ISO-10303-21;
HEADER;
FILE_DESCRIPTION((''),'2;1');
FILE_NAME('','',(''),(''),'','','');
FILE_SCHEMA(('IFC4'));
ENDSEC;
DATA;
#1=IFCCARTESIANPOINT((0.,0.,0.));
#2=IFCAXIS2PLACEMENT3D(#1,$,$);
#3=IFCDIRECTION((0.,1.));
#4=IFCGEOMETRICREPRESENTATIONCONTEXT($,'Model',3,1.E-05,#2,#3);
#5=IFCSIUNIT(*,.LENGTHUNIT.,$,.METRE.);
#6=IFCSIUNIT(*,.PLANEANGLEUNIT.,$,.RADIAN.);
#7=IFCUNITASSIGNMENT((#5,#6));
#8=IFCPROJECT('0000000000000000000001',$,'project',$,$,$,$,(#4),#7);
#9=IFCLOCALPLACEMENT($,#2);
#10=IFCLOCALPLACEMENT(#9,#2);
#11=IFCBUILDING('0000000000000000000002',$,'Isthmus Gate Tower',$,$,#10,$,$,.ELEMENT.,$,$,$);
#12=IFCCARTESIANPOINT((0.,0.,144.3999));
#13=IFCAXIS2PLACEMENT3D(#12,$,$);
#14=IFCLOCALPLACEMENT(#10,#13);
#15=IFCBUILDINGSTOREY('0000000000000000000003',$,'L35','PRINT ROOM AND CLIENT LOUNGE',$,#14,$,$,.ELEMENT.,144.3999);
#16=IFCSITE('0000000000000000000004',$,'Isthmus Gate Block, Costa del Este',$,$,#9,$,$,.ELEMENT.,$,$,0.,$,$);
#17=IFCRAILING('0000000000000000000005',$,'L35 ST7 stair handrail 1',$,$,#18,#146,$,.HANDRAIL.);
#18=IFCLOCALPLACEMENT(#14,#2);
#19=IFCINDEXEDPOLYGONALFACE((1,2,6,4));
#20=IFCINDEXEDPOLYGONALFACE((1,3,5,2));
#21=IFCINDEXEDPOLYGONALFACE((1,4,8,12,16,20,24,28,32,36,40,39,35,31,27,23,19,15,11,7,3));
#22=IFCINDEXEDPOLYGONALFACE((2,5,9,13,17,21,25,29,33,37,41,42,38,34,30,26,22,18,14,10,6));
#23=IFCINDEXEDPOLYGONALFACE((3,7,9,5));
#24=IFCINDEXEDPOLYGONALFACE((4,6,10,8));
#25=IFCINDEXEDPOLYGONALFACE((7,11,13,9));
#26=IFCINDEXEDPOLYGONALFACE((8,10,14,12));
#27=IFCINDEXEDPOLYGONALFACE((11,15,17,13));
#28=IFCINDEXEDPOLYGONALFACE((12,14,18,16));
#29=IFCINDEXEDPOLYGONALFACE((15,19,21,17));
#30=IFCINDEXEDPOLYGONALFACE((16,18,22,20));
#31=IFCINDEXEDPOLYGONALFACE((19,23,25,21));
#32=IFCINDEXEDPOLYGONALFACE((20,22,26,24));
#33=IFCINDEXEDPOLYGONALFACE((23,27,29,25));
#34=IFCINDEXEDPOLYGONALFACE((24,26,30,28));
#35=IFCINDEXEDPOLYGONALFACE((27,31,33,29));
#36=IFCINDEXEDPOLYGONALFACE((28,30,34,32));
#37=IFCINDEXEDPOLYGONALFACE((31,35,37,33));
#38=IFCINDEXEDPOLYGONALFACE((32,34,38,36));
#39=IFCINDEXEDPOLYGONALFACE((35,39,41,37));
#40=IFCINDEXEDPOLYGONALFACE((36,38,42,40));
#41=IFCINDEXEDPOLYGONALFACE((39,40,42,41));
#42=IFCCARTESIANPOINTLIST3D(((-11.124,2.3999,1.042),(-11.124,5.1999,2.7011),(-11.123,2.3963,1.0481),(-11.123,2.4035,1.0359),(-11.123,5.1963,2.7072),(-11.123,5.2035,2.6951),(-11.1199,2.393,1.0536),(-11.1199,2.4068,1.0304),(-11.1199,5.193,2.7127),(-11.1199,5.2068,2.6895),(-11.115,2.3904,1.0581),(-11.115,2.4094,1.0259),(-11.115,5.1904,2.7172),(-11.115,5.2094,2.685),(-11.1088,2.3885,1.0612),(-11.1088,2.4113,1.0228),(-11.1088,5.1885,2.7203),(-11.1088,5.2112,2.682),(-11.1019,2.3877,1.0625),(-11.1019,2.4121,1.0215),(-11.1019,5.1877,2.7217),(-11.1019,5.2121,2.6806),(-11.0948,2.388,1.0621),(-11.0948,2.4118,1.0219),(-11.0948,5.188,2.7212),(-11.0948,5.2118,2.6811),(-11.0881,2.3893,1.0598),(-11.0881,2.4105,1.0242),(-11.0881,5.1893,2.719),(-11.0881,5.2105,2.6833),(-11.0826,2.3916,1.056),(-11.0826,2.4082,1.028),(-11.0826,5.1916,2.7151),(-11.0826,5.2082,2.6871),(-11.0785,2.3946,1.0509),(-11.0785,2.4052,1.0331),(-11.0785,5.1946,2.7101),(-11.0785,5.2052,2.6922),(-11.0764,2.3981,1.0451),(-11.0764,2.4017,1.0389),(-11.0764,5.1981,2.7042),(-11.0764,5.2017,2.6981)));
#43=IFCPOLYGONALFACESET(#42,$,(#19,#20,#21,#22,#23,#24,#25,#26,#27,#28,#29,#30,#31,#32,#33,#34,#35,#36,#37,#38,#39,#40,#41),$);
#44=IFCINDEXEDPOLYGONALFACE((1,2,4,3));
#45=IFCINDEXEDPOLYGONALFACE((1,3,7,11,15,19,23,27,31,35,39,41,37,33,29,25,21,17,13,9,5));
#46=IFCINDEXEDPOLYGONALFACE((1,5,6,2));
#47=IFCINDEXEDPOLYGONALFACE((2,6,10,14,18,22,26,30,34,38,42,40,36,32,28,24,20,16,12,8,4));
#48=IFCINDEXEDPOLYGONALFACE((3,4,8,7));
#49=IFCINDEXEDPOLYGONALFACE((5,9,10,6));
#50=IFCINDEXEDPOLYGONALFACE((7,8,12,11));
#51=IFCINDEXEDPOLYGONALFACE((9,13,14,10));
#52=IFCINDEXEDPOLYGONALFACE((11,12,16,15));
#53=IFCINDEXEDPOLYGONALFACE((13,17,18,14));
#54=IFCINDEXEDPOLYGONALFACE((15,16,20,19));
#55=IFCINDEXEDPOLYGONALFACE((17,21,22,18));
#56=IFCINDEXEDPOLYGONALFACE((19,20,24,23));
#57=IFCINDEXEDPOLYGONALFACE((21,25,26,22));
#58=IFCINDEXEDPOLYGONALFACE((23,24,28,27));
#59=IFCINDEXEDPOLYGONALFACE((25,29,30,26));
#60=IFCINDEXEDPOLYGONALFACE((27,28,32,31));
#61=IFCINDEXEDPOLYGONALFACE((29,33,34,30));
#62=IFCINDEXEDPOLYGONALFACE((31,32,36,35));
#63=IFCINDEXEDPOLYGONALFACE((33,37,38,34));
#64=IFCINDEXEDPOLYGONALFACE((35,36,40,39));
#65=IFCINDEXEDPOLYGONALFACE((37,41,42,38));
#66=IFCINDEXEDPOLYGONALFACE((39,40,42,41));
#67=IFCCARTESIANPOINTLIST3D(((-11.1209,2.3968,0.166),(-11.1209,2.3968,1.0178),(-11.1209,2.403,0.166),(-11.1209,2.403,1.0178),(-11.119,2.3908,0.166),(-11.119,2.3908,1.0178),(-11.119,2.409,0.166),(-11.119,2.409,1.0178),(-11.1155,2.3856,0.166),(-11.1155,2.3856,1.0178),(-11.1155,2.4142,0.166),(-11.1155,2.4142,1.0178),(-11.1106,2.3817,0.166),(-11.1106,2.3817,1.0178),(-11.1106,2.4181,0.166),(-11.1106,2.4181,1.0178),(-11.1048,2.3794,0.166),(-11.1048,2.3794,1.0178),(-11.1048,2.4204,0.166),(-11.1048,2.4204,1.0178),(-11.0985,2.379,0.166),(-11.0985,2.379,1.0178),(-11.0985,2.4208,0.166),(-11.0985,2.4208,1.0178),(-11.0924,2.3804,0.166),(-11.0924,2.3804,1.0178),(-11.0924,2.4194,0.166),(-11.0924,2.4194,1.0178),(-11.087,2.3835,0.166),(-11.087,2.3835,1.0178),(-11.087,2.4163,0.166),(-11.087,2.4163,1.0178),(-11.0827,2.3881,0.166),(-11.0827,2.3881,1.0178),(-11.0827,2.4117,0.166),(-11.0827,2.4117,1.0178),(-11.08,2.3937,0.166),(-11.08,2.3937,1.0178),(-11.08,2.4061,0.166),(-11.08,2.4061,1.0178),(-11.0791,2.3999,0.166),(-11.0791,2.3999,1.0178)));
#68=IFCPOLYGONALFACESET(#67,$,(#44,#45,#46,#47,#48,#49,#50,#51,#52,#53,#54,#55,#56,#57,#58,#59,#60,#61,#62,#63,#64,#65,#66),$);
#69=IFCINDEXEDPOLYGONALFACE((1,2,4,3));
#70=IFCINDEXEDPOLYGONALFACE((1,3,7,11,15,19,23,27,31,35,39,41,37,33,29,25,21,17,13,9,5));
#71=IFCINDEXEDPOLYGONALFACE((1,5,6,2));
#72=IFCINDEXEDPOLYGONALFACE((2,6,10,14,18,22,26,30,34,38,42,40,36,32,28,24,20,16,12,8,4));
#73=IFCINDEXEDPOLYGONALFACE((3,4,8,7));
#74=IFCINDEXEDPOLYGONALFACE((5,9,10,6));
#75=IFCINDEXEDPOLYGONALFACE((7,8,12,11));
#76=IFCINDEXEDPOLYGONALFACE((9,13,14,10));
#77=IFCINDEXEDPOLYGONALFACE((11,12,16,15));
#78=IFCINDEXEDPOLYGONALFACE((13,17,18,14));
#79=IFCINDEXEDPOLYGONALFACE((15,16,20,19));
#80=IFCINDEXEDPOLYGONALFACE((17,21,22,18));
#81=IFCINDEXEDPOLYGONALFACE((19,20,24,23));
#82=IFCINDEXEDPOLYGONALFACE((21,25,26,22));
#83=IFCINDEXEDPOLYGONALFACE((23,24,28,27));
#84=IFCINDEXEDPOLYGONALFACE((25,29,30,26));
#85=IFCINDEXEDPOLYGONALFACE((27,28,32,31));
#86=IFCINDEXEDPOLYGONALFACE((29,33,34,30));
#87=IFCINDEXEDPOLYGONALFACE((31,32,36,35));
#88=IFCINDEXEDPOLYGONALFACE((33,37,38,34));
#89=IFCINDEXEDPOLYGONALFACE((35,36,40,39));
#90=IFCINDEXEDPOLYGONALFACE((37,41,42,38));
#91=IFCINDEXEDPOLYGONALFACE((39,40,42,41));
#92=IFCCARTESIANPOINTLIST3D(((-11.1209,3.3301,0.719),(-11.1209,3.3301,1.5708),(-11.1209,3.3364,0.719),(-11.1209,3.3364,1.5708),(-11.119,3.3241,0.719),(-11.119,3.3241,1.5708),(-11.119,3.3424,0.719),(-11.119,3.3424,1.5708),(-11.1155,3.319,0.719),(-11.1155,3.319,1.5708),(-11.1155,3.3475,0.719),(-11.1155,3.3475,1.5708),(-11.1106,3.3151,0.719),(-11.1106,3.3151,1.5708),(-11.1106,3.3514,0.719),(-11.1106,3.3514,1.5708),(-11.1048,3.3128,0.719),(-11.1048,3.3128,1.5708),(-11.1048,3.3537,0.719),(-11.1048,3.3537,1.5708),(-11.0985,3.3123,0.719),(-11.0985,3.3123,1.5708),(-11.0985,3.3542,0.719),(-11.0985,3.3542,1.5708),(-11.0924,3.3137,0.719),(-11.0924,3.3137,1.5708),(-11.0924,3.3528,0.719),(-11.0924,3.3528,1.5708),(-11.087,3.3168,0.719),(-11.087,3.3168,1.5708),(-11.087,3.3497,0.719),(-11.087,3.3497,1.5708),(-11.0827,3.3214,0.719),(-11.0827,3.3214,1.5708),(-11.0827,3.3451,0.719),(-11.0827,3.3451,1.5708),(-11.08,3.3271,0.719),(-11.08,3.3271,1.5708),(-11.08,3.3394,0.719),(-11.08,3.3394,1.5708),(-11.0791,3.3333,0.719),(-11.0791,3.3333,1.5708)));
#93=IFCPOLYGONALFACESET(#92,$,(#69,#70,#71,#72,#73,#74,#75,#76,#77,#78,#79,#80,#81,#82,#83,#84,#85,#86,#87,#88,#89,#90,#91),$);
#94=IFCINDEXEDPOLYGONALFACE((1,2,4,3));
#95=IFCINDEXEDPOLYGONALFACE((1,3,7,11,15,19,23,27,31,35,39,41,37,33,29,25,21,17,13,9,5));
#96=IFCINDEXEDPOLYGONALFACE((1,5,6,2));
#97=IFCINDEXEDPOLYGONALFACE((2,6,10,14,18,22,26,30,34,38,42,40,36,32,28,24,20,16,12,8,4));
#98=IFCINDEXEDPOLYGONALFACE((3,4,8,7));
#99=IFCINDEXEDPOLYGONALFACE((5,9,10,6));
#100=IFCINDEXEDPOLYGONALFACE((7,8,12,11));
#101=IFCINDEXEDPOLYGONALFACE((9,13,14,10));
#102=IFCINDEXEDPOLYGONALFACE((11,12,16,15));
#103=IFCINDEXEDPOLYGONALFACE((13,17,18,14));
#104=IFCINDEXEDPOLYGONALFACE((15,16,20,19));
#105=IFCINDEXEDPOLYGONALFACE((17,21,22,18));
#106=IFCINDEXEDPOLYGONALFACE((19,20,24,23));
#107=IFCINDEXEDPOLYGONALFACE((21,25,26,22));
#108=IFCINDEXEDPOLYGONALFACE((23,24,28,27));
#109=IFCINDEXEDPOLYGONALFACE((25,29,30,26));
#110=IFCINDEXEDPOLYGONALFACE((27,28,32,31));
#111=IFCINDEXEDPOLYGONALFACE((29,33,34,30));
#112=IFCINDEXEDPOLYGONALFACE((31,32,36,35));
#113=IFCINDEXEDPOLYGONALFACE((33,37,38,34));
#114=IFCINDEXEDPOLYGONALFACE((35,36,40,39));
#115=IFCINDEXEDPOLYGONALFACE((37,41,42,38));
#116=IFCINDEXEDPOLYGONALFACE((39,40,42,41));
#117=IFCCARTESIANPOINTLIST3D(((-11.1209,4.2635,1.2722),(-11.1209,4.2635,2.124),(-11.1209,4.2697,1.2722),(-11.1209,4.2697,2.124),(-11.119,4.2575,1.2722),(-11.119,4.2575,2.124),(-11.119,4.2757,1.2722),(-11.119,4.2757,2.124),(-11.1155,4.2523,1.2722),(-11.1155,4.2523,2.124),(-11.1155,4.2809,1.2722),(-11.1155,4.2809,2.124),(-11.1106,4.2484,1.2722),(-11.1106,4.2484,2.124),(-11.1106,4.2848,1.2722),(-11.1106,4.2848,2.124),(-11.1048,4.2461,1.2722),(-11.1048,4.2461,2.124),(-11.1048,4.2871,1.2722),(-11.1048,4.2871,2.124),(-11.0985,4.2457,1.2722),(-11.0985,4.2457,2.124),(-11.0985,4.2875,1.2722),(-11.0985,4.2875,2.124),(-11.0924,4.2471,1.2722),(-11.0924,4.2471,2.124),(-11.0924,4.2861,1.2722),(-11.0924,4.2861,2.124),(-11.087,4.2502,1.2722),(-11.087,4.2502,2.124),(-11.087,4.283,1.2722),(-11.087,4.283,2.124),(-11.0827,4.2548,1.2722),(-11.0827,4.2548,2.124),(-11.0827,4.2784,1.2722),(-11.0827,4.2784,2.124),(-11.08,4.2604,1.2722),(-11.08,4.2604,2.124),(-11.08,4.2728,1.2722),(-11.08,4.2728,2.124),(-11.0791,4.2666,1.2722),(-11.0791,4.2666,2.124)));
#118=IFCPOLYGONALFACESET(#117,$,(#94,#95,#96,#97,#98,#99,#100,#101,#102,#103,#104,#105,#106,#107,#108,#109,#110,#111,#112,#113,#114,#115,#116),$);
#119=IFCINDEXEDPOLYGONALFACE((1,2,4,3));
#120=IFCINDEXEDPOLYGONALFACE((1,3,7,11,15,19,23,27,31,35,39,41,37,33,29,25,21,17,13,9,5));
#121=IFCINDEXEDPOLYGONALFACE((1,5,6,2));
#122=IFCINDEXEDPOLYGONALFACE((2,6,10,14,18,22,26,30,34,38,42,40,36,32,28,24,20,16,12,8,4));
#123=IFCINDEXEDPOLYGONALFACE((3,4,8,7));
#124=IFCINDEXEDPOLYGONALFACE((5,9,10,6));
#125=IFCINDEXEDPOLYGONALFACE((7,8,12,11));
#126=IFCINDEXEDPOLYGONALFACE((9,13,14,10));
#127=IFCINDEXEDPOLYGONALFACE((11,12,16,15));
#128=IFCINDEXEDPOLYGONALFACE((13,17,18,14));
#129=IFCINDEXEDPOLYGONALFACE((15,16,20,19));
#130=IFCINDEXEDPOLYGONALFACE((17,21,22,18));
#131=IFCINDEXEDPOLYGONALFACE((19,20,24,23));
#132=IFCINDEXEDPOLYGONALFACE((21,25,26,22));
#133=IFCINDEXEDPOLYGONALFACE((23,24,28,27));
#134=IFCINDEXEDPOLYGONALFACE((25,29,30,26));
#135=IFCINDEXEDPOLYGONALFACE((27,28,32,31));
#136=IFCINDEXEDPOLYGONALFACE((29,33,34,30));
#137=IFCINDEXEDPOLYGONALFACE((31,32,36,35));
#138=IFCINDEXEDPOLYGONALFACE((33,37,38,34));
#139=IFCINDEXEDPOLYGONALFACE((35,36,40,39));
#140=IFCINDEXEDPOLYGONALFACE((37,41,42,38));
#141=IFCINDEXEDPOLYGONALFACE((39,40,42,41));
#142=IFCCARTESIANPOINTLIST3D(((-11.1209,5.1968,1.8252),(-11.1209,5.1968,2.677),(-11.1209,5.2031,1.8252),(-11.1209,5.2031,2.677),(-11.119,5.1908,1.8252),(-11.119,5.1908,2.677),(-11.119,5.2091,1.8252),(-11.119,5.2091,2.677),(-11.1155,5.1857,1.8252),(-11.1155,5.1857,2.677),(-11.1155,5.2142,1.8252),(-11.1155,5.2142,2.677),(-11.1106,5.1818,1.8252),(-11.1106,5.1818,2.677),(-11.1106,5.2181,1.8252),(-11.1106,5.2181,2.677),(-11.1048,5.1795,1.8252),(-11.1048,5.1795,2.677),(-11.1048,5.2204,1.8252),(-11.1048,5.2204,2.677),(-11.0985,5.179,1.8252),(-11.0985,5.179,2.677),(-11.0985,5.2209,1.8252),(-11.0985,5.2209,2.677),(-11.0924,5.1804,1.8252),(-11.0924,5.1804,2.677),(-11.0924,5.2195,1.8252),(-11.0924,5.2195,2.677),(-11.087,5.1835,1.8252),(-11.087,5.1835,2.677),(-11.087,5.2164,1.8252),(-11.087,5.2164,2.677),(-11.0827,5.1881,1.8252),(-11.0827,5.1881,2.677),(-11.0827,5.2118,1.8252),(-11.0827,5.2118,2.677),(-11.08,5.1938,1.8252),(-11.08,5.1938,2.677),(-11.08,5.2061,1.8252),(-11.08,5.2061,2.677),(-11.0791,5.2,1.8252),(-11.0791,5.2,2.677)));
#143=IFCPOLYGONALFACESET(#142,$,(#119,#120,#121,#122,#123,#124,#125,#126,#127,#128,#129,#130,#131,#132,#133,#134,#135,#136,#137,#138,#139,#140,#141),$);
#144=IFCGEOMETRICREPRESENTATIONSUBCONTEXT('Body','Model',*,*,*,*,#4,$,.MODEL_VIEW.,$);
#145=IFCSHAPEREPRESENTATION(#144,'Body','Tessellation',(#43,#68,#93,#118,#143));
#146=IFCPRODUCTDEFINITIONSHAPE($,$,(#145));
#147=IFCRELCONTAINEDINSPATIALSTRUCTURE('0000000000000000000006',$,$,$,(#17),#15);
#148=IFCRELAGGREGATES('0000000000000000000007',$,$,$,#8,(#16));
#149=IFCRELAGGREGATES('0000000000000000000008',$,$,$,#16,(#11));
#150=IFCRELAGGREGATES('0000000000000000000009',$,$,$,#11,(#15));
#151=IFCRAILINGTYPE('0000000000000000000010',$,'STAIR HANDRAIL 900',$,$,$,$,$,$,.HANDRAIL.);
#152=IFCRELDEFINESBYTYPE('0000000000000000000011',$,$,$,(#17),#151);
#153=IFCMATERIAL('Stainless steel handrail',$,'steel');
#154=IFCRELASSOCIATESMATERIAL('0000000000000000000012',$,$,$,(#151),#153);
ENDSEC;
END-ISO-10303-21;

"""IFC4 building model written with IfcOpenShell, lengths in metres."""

from ifc_helpers import new_model, si_unit, direction, frame, origin, origin_2d, place, context, subcontext, project, spatial, circle, extrude, material, type_object, element, save


model = new_model("IFC4")

# Units and contexts
model_context = context("Model", 3, precision=1e-05, world=origin(), true_north=direction((0.0, 1.0)))
body_context = subcontext(model_context, "Body", "Model", "MODEL_VIEW")
ifc_project = project(units=[si_unit("LENGTHUNIT", "METRE"), si_unit("PLANEANGLEUNIT", "RADIAN")], contexts=[model_context])

# Site, building, storey
site_placement = place(None, origin())
site = spatial("IfcSite", under=ifc_project, at=site_placement, Name="Isthmus Gate Block, Costa del Este", CompositionType="ELEMENT", RefElevation=0.0)
building_placement = place(site_placement, origin())
building = spatial("IfcBuilding", under=site, at=building_placement, Name="Isthmus Gate Tower", CompositionType="ELEMENT")
storey_placement = place(building_placement, frame((0.0, 0.0, 144.3999)))
storey = spatial("IfcBuildingStorey", under=building, at=storey_placement, Name="L35", Description="PRINT ROOM AND CLIENT LOUNGE", CompositionType="ELEMENT", Elevation=144.3999)

# Railing
ifc_material_1 = material(Name="Stainless steel handrail", Category="steel")
railing_type_1 = type_object("IfcRailingType", Name="STAIR HANDRAIL 900", PredefinedType="HANDRAIL", material=ifc_material_1)
railing_1_placement = place(storey_placement, frame((-11.1001, 2.3999, 0.166)))
element("IfcRailing", 1, at=railing_1_placement, inside=storey, type_object=railing_type_1, Name="L35 ST7 stair handrail 1", PredefinedType="HANDRAIL", context=body_context, shape_type="SweptSolid", body=[
    extrude(circle(Radius=0.0239, at=origin_2d()), frame((0.0, 0.0, 0.876), z_axis=(0.0, 0.860306, 0.509778), x_axis=(-1.0, 0.0, 0.0)), (0.0, 0.0, 1.0), 3.2546),
    extrude(circle(Radius=0.021, at=origin_2d()), origin(), (0.0, 0.0, 1.0), 0.8518),
    extrude(circle(Radius=0.021, at=origin_2d()), frame((0.0, 0.9333, 0.553)), (0.0, 0.0, 1.0), 0.8518),
    extrude(circle(Radius=0.021, at=origin_2d()), frame((0.0, 1.8667, 1.1062)), (0.0, 0.0, 1.0), 0.8518),
    extrude(circle(Radius=0.021, at=origin_2d()), frame((0.0, 2.8, 1.6592)), (0.0, 0.0, 1.0), 0.8518),
])

save(model, "model.ifc")
